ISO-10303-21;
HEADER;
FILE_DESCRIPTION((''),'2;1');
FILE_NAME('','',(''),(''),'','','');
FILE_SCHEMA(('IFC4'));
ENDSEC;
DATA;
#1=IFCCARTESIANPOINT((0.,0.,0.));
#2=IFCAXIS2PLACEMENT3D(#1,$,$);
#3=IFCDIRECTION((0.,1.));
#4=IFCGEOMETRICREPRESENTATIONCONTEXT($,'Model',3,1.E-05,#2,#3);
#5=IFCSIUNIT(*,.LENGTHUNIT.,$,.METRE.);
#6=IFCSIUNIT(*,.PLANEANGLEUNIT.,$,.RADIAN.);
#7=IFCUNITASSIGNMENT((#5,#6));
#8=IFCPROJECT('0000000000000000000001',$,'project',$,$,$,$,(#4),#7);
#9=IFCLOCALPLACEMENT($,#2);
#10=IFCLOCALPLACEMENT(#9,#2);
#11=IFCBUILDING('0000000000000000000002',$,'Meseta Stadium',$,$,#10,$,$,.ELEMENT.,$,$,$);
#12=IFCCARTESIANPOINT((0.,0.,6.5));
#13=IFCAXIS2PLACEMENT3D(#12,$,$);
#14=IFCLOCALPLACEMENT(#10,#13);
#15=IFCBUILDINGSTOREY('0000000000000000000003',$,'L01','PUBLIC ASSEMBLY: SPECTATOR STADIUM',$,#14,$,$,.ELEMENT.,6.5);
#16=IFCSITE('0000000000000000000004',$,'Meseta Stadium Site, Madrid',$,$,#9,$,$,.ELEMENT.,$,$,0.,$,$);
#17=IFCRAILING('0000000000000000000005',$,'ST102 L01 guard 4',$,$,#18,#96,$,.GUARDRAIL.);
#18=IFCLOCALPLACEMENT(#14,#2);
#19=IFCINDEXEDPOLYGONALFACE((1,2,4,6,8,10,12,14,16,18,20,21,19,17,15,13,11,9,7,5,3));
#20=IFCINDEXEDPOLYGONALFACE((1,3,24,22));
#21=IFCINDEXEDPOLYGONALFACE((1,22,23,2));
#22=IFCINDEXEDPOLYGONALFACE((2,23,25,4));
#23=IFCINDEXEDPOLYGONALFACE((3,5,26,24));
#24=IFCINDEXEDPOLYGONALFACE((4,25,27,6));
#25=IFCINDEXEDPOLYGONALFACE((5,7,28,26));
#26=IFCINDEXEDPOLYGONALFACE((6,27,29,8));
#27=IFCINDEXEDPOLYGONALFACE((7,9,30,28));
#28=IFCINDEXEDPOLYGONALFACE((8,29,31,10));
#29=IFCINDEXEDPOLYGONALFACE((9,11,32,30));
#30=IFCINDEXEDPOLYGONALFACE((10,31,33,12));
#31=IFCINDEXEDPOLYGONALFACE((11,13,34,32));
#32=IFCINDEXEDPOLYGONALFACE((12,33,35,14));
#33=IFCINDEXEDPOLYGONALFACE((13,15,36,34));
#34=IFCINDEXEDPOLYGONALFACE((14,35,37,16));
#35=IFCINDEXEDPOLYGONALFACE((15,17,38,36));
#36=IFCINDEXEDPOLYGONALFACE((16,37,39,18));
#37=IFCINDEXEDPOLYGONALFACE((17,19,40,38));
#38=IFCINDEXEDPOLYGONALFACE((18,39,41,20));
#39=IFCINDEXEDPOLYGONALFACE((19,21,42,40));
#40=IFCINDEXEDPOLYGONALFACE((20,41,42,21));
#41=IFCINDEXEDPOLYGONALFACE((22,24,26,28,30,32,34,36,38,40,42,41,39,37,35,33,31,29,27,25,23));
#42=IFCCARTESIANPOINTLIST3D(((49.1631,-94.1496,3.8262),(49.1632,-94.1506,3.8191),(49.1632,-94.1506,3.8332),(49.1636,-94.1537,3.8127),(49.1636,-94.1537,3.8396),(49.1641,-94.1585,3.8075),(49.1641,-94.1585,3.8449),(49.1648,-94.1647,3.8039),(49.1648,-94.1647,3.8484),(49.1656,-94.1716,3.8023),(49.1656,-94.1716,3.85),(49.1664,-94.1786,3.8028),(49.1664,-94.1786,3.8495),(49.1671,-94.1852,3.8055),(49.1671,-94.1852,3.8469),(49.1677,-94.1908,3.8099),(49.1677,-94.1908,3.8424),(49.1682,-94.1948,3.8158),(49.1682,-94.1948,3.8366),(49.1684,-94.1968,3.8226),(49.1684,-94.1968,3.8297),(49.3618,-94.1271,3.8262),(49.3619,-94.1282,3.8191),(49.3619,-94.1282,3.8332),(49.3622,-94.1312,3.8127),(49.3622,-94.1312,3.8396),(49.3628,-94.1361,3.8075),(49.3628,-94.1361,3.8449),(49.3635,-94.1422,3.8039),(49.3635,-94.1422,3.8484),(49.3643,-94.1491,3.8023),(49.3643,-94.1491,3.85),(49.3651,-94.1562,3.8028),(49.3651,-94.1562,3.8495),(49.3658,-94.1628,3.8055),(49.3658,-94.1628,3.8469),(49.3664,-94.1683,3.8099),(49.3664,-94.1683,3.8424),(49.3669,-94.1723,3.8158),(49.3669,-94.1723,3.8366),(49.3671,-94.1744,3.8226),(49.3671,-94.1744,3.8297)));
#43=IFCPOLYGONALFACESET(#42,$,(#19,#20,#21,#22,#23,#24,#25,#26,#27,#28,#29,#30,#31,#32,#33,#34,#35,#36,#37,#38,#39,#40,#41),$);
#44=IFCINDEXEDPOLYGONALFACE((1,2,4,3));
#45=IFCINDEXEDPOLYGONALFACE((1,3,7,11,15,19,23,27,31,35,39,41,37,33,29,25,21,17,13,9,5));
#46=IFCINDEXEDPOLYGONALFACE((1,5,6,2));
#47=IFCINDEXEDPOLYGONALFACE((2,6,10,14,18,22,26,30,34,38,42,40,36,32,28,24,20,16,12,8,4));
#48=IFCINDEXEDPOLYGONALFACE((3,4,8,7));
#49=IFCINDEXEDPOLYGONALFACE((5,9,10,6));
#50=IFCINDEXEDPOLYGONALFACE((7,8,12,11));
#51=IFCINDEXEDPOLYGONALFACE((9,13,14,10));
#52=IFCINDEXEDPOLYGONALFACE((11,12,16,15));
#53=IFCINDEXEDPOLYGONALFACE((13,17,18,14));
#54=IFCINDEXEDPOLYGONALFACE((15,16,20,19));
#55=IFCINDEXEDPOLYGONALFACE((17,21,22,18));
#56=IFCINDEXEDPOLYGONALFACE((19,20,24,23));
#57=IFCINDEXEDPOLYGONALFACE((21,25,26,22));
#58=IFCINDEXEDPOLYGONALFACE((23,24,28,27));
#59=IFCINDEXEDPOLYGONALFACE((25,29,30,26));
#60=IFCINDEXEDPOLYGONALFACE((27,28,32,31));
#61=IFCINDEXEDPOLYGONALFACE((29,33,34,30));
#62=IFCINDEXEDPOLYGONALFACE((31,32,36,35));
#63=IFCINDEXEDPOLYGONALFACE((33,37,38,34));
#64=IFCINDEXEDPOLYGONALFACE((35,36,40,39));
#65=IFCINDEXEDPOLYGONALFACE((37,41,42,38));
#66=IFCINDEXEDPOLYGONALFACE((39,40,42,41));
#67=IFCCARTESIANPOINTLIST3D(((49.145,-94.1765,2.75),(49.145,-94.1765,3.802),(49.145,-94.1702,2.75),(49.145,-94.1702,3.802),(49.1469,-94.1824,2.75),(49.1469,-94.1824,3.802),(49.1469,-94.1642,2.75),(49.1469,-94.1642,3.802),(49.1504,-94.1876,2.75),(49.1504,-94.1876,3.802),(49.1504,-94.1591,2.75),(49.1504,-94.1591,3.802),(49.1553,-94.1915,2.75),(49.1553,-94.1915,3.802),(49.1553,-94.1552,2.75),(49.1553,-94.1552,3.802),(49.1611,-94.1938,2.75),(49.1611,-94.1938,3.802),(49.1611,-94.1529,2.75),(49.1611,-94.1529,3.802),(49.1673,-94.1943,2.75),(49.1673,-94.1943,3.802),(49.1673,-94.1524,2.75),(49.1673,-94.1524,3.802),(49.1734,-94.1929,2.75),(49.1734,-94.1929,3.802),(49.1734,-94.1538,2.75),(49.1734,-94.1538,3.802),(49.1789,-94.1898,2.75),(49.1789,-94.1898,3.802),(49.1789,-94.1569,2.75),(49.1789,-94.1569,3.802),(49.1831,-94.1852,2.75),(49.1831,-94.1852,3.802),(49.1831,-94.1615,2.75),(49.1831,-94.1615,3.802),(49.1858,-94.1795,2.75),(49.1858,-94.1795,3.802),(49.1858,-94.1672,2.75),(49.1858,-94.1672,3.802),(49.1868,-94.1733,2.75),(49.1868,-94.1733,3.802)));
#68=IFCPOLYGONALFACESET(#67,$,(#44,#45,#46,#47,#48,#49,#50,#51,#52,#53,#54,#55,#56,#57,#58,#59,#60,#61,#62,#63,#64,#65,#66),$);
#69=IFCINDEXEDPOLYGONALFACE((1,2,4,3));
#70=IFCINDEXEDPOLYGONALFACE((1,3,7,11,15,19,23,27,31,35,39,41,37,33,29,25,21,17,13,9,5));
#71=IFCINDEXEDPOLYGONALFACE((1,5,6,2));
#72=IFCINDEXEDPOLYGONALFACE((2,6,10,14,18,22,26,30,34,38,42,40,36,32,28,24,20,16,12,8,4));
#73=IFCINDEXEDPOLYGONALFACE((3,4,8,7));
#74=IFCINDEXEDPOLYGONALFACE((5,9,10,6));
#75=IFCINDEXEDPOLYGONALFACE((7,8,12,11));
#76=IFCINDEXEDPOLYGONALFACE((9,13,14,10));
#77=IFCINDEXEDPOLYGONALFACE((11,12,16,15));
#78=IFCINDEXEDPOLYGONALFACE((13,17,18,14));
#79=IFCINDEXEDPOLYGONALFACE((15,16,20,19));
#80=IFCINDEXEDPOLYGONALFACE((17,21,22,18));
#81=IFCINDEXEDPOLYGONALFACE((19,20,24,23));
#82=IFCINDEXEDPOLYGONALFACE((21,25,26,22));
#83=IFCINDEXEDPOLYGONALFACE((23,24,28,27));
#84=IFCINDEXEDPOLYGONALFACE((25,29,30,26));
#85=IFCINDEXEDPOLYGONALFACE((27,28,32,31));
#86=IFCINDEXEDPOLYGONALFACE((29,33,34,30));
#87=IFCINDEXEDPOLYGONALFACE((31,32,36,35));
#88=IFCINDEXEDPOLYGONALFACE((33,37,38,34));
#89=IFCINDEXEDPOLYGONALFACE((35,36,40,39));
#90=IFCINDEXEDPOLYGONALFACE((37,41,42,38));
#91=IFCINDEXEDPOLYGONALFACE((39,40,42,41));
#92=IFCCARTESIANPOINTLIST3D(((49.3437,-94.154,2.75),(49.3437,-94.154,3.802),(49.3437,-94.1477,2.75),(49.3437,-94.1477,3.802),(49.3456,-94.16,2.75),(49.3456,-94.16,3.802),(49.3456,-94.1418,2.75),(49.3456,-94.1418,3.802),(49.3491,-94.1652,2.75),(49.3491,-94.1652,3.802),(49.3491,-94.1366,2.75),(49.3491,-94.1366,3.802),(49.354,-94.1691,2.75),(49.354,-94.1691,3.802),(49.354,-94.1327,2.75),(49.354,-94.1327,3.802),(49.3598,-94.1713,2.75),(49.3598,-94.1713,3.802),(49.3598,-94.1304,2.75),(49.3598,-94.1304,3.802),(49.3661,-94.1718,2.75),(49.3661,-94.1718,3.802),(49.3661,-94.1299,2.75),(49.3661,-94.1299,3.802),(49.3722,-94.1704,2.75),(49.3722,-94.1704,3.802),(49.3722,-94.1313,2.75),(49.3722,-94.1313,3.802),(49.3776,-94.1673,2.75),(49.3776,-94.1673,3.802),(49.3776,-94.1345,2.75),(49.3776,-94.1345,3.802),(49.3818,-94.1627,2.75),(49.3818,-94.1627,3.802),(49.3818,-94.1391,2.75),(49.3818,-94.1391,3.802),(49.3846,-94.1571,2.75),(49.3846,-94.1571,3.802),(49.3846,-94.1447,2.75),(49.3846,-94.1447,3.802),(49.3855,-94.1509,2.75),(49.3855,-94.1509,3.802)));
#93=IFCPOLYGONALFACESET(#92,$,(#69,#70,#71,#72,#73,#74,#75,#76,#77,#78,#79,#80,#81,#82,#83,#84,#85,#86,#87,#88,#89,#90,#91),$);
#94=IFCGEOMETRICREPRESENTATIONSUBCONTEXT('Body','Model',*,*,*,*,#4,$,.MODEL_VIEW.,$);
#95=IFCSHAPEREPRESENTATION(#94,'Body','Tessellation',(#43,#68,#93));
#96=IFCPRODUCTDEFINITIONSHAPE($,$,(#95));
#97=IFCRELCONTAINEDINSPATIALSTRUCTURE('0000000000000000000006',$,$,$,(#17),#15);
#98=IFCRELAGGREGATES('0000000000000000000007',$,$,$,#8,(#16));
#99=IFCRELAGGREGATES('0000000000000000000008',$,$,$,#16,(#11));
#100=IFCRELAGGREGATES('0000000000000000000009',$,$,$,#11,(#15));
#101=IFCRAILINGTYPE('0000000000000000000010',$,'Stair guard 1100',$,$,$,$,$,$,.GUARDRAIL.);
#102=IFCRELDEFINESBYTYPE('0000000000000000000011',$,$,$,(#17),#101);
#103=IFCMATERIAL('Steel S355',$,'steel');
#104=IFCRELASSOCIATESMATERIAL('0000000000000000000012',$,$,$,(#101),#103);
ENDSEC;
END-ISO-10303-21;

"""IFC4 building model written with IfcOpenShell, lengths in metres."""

from ifc_helpers import new_model, si_unit, direction, frame, origin, origin_2d, place, context, subcontext, project, spatial, circle, extrude, material, type_object, element, save


model = new_model("IFC4")

# Units and contexts
model_context = context("Model", 3, precision=1e-05, world=origin(), true_north=direction((0.0, 1.0)))
body_context = subcontext(model_context, "Body", "Model", "MODEL_VIEW")
ifc_project = project(units=[si_unit("LENGTHUNIT", "METRE"), si_unit("PLANEANGLEUNIT", "RADIAN")], contexts=[model_context])

# Site, building, storey
site_placement = place(None, origin())
site = spatial("IfcSite", under=ifc_project, at=site_placement, Name="Meseta Stadium Site, Madrid", CompositionType="ELEMENT", RefElevation=0.0)
building_placement = place(site_placement, origin())
building = spatial("IfcBuilding", under=site, at=building_placement, Name="Meseta Stadium", CompositionType="ELEMENT")
storey_placement = place(building_placement, frame((0.0, 0.0, 6.5)))
storey = spatial("IfcBuildingStorey", under=building, at=storey_placement, Name="L01", Description="PUBLIC ASSEMBLY: SPECTATOR STADIUM", CompositionType="ELEMENT", Elevation=6.5)

# Railing
ifc_material_1 = material(Name="Steel S355", Category="steel")
railing_type = type_object("IfcRailingType", Name="Stair guard 1100", PredefinedType="GUARDRAIL", material=ifc_material_1)
railing_1_placement = place(storey_placement, frame((49.1658, -94.1733, 2.75)))
element("IfcRailing", 1, at=railing_1_placement, inside=storey, type_object=railing_type, Name="ST102 L01 guard 4", PredefinedType="GUARDRAIL", context=body_context, shape_type="SweptSolid", body=[
    extrude(circle(Radius=0.0239, at=origin_2d()), frame((0.0, 0.0, 1.0762), z_axis=(0.993674, 0.112307, 0.0), x_axis=(-0.112307, 0.993674, 0.0)), (0.0, 0.0, 1.0), 0.2),
    extrude(circle(Radius=0.021, at=origin_2d()), origin(), (0.0, 0.0, 1.0), 1.052),
    extrude(circle(Radius=0.021, at=origin_2d()), frame((0.1987, 0.0225, 0.0)), (0.0, 0.0, 1.0), 1.052),
])

save(model, "model.ifc")
